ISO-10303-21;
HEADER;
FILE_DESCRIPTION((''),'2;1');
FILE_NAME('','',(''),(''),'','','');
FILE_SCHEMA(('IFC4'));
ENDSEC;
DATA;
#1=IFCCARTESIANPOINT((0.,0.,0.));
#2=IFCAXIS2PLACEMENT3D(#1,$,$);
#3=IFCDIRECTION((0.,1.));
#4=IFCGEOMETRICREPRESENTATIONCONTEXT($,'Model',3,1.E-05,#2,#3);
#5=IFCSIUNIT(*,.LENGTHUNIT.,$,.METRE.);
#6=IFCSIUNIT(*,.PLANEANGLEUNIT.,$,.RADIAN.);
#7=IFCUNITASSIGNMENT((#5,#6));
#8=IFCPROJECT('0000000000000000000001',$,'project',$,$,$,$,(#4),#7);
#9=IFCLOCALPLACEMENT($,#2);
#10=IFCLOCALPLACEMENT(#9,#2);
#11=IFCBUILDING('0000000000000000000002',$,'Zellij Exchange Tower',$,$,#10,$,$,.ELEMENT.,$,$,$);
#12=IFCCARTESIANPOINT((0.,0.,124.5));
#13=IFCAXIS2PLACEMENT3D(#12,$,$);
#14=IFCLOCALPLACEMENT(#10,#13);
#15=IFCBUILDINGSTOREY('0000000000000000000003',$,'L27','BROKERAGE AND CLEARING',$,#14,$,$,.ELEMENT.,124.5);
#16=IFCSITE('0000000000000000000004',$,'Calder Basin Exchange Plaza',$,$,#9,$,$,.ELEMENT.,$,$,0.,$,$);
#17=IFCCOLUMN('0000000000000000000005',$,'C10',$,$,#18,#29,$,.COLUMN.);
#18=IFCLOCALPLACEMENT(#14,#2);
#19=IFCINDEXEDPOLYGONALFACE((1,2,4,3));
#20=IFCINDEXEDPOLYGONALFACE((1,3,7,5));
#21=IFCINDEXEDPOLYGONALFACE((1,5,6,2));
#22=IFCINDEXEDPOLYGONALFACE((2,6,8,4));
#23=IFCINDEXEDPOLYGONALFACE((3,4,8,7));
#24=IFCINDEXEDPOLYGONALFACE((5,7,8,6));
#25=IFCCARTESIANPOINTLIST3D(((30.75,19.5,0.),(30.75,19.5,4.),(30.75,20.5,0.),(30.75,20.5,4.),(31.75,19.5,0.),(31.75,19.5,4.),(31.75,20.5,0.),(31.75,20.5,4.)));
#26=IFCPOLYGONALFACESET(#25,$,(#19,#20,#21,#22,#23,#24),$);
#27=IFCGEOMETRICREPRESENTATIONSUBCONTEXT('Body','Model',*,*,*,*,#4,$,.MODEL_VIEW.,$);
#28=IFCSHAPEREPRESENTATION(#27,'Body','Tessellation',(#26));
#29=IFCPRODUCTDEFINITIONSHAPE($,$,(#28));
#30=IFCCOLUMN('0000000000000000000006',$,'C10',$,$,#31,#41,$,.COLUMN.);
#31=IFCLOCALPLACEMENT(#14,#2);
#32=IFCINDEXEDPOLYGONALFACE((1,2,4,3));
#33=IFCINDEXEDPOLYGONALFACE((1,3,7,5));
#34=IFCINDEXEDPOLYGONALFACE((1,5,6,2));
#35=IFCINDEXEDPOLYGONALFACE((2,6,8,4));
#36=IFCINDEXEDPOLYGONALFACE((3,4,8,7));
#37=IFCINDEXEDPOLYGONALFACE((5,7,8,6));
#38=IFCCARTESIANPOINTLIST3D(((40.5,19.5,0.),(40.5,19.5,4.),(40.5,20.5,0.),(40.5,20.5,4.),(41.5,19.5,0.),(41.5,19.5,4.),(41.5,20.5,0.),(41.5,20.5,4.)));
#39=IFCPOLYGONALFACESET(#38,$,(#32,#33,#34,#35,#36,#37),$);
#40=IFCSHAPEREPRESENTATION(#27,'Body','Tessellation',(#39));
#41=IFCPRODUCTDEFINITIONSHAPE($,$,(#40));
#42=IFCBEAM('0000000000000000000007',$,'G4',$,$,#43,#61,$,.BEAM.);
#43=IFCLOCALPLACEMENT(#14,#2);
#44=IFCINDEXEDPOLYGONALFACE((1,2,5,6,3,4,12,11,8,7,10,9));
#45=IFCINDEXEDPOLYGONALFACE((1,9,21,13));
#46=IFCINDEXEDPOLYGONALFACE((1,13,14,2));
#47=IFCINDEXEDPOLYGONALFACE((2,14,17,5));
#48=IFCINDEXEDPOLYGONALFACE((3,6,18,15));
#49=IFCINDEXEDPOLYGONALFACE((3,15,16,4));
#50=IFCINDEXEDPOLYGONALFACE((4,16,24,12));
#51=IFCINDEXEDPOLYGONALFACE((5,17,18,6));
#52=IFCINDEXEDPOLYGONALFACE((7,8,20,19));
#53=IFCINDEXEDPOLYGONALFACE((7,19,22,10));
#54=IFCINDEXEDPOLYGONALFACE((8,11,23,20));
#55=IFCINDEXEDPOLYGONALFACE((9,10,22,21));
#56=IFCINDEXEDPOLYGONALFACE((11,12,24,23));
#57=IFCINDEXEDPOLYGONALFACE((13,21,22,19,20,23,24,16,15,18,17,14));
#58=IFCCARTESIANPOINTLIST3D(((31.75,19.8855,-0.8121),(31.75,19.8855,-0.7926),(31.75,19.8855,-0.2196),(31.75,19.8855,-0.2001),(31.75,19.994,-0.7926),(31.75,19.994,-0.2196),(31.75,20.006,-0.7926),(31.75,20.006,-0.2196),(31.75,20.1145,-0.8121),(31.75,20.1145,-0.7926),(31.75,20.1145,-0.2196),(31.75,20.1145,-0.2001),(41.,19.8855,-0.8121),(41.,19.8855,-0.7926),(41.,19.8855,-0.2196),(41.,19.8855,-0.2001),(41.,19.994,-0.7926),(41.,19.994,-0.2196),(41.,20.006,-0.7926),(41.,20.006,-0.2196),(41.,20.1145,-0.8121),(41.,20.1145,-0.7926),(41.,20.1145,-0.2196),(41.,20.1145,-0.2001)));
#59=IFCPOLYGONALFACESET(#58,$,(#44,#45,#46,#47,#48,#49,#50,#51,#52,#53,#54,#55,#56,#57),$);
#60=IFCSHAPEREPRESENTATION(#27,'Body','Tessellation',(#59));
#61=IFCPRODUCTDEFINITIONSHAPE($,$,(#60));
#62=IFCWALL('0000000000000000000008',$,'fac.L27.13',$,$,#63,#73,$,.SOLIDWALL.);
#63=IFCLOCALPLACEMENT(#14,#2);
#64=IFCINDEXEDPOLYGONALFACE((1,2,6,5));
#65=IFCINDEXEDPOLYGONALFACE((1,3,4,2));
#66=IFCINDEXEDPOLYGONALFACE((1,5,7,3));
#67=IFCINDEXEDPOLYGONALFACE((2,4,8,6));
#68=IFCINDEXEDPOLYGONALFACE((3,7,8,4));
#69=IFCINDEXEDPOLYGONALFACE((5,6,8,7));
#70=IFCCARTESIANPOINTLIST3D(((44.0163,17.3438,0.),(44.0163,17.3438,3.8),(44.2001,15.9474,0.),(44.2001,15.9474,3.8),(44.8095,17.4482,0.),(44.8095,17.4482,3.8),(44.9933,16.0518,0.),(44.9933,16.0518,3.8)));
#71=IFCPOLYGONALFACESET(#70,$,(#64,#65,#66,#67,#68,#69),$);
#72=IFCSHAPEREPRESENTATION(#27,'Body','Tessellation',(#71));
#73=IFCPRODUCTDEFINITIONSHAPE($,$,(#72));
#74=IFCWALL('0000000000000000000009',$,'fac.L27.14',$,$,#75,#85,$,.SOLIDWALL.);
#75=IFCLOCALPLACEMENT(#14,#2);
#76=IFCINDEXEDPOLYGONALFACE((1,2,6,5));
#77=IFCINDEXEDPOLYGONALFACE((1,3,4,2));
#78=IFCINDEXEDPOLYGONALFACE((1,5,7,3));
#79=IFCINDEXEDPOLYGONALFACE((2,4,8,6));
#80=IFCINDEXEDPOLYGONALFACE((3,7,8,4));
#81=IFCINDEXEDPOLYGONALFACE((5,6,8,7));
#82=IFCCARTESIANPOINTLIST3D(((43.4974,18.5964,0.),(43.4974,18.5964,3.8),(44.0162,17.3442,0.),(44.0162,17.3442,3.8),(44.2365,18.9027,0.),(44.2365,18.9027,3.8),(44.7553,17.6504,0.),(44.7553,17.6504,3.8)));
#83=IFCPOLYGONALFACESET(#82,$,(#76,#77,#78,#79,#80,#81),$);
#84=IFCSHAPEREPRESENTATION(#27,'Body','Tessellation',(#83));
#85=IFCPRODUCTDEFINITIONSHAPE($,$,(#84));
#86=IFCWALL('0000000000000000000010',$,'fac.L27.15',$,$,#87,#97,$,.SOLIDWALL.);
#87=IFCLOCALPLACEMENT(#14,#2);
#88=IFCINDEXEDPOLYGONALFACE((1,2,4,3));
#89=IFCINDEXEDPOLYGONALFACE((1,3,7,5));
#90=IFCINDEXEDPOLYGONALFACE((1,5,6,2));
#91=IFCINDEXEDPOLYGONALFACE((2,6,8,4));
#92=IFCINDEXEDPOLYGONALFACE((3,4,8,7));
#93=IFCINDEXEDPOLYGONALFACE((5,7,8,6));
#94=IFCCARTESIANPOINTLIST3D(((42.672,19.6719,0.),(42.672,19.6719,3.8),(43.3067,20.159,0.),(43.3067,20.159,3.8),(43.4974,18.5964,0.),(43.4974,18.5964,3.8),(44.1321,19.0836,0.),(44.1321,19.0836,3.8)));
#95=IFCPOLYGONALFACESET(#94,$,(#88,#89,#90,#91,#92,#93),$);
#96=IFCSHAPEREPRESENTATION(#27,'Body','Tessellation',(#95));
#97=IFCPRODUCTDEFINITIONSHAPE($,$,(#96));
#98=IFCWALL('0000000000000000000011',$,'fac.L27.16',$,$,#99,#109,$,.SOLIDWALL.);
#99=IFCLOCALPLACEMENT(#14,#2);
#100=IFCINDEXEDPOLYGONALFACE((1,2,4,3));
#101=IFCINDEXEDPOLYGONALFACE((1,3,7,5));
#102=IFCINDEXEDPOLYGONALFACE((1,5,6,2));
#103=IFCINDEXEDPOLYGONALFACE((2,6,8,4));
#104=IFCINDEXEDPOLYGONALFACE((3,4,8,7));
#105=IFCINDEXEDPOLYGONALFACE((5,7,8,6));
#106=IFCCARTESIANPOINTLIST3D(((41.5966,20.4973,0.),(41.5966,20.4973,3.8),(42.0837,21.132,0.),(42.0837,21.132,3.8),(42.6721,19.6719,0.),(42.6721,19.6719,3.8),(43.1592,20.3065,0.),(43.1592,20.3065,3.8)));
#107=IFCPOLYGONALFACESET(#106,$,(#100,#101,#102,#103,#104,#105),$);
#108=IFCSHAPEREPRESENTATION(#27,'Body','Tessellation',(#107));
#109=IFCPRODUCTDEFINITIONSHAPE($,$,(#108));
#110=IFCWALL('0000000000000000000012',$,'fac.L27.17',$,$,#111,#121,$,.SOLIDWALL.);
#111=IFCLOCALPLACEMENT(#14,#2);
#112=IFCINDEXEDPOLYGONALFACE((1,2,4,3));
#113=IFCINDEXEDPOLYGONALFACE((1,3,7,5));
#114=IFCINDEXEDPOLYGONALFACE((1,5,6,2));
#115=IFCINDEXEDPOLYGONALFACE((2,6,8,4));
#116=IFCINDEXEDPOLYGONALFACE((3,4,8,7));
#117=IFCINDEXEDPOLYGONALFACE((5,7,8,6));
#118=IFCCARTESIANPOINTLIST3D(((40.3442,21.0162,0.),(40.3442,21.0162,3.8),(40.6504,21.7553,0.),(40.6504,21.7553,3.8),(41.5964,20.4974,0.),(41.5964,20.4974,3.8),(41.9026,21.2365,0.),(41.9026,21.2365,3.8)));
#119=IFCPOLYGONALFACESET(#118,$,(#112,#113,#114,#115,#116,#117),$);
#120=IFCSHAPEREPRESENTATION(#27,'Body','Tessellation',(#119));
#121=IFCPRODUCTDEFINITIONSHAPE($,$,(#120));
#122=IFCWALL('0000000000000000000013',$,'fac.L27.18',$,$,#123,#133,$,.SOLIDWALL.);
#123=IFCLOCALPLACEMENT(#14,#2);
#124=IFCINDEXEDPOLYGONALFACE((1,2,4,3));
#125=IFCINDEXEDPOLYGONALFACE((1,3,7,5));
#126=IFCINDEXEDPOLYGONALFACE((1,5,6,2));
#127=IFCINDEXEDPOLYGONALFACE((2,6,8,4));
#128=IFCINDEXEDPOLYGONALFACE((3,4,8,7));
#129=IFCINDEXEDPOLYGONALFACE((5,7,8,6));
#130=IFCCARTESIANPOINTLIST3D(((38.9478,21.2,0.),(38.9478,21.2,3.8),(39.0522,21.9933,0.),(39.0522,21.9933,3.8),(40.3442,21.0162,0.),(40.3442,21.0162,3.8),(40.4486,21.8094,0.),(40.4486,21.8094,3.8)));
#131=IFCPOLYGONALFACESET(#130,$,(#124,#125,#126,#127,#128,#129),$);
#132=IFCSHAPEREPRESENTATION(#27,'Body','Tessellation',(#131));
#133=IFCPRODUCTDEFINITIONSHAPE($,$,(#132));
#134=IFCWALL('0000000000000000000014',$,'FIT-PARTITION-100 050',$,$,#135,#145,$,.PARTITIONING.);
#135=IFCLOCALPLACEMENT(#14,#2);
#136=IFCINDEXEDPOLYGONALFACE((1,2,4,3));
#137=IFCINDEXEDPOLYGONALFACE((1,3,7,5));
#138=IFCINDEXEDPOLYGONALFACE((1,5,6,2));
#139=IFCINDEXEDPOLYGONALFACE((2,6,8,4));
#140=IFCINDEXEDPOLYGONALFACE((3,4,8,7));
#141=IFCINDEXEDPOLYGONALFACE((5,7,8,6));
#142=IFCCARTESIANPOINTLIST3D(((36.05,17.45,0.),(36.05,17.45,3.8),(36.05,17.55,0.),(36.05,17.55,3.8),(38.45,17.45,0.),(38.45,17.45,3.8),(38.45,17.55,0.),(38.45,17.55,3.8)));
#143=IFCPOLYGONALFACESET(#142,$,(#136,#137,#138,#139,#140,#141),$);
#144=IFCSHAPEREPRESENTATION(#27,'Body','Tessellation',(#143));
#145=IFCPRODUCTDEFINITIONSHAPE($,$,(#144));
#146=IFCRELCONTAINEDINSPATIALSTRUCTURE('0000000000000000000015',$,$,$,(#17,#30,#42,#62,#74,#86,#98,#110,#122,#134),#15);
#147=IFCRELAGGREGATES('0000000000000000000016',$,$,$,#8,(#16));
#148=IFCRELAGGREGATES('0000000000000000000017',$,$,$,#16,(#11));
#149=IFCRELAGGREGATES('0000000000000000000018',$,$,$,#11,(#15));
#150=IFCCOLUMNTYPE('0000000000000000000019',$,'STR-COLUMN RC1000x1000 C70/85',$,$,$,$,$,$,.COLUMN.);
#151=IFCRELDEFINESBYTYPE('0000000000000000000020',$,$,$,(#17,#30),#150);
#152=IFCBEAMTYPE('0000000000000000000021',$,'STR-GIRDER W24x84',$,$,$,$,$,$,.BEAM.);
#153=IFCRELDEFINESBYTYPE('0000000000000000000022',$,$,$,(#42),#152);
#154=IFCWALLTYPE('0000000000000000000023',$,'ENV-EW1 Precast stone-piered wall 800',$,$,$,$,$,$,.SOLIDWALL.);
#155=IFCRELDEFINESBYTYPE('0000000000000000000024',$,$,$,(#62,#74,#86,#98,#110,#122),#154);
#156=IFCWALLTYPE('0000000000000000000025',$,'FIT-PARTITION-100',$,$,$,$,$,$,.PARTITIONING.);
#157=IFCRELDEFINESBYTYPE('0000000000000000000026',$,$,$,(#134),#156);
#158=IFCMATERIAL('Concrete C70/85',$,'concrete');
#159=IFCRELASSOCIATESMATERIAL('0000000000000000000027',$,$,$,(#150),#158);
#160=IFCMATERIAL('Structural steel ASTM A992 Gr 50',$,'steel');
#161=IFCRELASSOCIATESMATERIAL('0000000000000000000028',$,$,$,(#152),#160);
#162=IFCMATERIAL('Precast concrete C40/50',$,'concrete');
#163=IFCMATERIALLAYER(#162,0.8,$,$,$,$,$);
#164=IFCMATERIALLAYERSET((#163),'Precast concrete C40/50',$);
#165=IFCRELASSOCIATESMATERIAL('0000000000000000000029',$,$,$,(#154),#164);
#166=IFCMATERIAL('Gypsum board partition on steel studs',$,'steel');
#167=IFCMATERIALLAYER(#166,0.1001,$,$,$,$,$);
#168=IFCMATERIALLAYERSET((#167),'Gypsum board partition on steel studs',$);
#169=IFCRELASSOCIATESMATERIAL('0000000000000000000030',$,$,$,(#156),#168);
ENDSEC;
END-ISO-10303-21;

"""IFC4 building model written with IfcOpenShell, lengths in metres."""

from ifc_helpers import new_model, si_unit, direction, frame, frame_2d, origin, origin_2d, place, context, subcontext, project, spatial, rectangle, i_section, extrude, material, layer, layer_set, material_profile, profile_set, type_object, element, save


model = new_model("IFC4")

# Units and contexts
model_context = context("Model", 3, precision=1e-05, world=origin(), true_north=direction((0.0, 1.0)))
body_context = subcontext(model_context, "Body", "Model", "MODEL_VIEW")
ifc_project = project(units=[si_unit("LENGTHUNIT", "METRE"), si_unit("PLANEANGLEUNIT", "RADIAN")], contexts=[model_context])

# Site, building, storey
site_placement = place(None, origin())
site = spatial("IfcSite", under=ifc_project, at=site_placement, Name="Calder Basin Exchange Plaza", CompositionType="ELEMENT", RefElevation=0.0)
building_placement = place(site_placement, origin())
building = spatial("IfcBuilding", under=site, at=building_placement, Name="Zellij Exchange Tower", CompositionType="ELEMENT")
storey_placement = place(building_placement, frame((0.0, 0.0, 124.5)))
storey = spatial("IfcBuildingStorey", under=building, at=storey_placement, Name="L27", Description="BROKERAGE AND CLEARING", CompositionType="ELEMENT", Elevation=124.5)

# Columns
ifc_material_1 = material(Name="Concrete C70/85", Category="concrete")
ifc_material_profile_1 = material_profile(ifc_material_1, rectangle(XDim=1.0, YDim=1.0, at=origin_2d()), Name="STR-COLUMN RC1000x1000 C70/85")
ifc_profile_set_1 = profile_set([ifc_material_profile_1], Name="Concrete C70/85")
column_type = type_object("IfcColumnType", Name="STR-COLUMN RC1000x1000 C70/85", PredefinedType="COLUMN", material=ifc_profile_set_1)
for number, where, z_axis, x_axis, name in (
    (1, (31.25, 20.0, 0.0), (0.0, 0.0, 1.0), (1.0, 0.0, 0.0), "C10"),
    (2, (41.0, 20.0, 0.0), (0.0, 0.0, 1.0), (1.0, 0.0, 0.0), "C10"),
):
    element("IfcColumn", number, at=place(storey_placement, frame(where, z_axis=z_axis, x_axis=x_axis)), inside=storey, type_object=column_type, Name=name, PredefinedType="COLUMN", context=body_context, shape_type="SweptSolid", body=[
        extrude(rectangle(XDim=1.0, YDim=1.0, at=origin_2d()), origin(), (0.0, 0.0, 1.0), 4.0),
    ])

# Beam
ifc_material_2 = material(Name="Structural steel ASTM A992 Gr 50", Category="steel")
ifc_material_profile_2 = material_profile(ifc_material_2, i_section(OverallWidth=0.229, OverallDepth=0.6121, WebThickness=0.012, FlangeThickness=0.0195, at=origin_2d()), Name="W24x84")
ifc_profile_set_2 = profile_set([ifc_material_profile_2], Name="Structural steel ASTM A992 Gr 50")
beam_type = type_object("IfcBeamType", Name="STR-GIRDER W24x84", PredefinedType="BEAM", material=ifc_profile_set_2)
beam_placement = place(storey_placement, frame((31.75, 20.0, -0.5061), z_axis=(1.0, 0.0, 0.0), x_axis=(0.0, 1.0, 0.0)))
element("IfcBeam", 3, at=beam_placement, inside=storey, type_object=beam_type, Name="G4", PredefinedType="BEAM", context=body_context, shape_type="SweptSolid", body=[
    extrude(i_section(OverallWidth=0.229, OverallDepth=0.6121, WebThickness=0.012, FlangeThickness=0.0195, at=origin_2d()), origin(), (0.0, 0.0, 1.0), 9.25),
])

# Walls
ifc_material_3 = material(Name="Precast concrete C40/50", Category="concrete")
ifc_layer_1 = layer(ifc_material_3, 0.8)
ifc_layer_set_1 = layer_set([ifc_layer_1], Name="Precast concrete C40/50")
wall_type_1 = type_object("IfcWallType", Name="ENV-EW1 Precast stone-piered wall 800", PredefinedType="SOLIDWALL", material=ifc_layer_set_1)
wall_1_placement = place(storey_placement, frame((44.5967, 15.9998, 0.0), z_axis=(0.0, 0.0, 1.0), x_axis=(-0.130517, 0.991446, 0.0)))
element("IfcWall", 4, at=wall_1_placement, inside=storey, type_object=wall_type_1, Name="fac.L27.13", PredefinedType="SOLIDWALL", context=body_context, shape_type="SweptSolid", body=[
    extrude(rectangle(XDim=1.4084, YDim=0.8, at=frame_2d((0.7041, 0.0))), origin(), (0.0, 0.0, 1.0), 3.8),
])
wall_2_placement = place(storey_placement, frame((44.3857, 17.4973, 0.0), z_axis=(0.0, 0.0, 1.0), x_axis=(-0.38276, 0.923848, 0.0)))
element("IfcWall", 5, at=wall_2_placement, inside=storey, type_object=wall_type_1, Name="fac.L27.14", PredefinedType="SOLIDWALL", context=body_context, shape_type="SweptSolid", body=[
    extrude(rectangle(XDim=1.3555, YDim=0.8, at=frame_2d((0.6777, 0.0))), origin(), (0.0, 0.0, 1.0), 3.8),
])
for number, where, z_axis, x_axis, name in (
    (6, (43.8147, 18.8401, 0.0), (0.0, 0.0, 1.0), (-0.608866, 0.793273, 0.0), "fac.L27.15"),
    (7, (42.9155, 19.9893, 0.0), (0.0, 0.0, 1.0), (-0.793273, 0.608866, 0.0), "fac.L27.16"),
):
    element("IfcWall", number, at=place(storey_placement, frame(where, z_axis=z_axis, x_axis=x_axis)), inside=storey, type_object=wall_type_1, Name=name, PredefinedType="SOLIDWALL", context=body_context, shape_type="SweptSolid", body=[
        extrude(rectangle(XDim=1.3557, YDim=0.8, at=frame_2d((0.6777, 0.0))), origin(), (0.0, 0.0, 1.0), 3.8),
    ])
wall_3_placement = place(storey_placement, frame((41.7495, 20.8669, 0.0), z_axis=(0.0, 0.0, 1.0), x_axis=(-0.923848, 0.38276, 0.0)))
element("IfcWall", 8, at=wall_3_placement, inside=storey, type_object=wall_type_1, Name="fac.L27.17", PredefinedType="SOLIDWALL", context=body_context, shape_type="SweptSolid", body=[
    extrude(rectangle(XDim=1.3555, YDim=0.8, at=frame_2d((0.6777, 0.0))), origin(), (0.0, 0.0, 1.0), 3.8),
])
wall_4_placement = place(storey_placement, frame((40.3962, 21.4128, 0.0), z_axis=(0.0, 0.0, 1.0), x_axis=(-0.991446, 0.130517, 0.0)))
element("IfcWall", 9, at=wall_4_placement, inside=storey, type_object=wall_type_1, Name="fac.L27.18", PredefinedType="SOLIDWALL", context=body_context, shape_type="SweptSolid", body=[
    extrude(rectangle(XDim=1.4084, YDim=0.8, at=frame_2d((0.7041, 0.0))), origin(), (0.0, 0.0, 1.0), 3.8),
])

# Wall
ifc_material_4 = material(Name="Gypsum board partition on steel studs", Category="steel")
ifc_layer_2 = layer(ifc_material_4, 0.1001)
ifc_layer_set_2 = layer_set([ifc_layer_2], Name="Gypsum board partition on steel studs")
wall_type_2 = type_object("IfcWallType", Name="FIT-PARTITION-100", PredefinedType="PARTITIONING", material=ifc_layer_set_2)
wall_5_placement = place(storey_placement, frame((36.05, 17.5, 0.0), z_axis=(0.0, 0.0, 1.0), x_axis=(1.0, 0.0, 0.0)))
element("IfcWall", 10, at=wall_5_placement, inside=storey, type_object=wall_type_2, Name="FIT-PARTITION-100 050", PredefinedType="PARTITIONING", context=body_context, shape_type="SweptSolid", body=[
    extrude(rectangle(XDim=2.3999, YDim=0.1001, at=frame_2d((1.2, 0.0))), origin(), (0.0, 0.0, 1.0), 3.8),
])

save(model, "model.ifc")
